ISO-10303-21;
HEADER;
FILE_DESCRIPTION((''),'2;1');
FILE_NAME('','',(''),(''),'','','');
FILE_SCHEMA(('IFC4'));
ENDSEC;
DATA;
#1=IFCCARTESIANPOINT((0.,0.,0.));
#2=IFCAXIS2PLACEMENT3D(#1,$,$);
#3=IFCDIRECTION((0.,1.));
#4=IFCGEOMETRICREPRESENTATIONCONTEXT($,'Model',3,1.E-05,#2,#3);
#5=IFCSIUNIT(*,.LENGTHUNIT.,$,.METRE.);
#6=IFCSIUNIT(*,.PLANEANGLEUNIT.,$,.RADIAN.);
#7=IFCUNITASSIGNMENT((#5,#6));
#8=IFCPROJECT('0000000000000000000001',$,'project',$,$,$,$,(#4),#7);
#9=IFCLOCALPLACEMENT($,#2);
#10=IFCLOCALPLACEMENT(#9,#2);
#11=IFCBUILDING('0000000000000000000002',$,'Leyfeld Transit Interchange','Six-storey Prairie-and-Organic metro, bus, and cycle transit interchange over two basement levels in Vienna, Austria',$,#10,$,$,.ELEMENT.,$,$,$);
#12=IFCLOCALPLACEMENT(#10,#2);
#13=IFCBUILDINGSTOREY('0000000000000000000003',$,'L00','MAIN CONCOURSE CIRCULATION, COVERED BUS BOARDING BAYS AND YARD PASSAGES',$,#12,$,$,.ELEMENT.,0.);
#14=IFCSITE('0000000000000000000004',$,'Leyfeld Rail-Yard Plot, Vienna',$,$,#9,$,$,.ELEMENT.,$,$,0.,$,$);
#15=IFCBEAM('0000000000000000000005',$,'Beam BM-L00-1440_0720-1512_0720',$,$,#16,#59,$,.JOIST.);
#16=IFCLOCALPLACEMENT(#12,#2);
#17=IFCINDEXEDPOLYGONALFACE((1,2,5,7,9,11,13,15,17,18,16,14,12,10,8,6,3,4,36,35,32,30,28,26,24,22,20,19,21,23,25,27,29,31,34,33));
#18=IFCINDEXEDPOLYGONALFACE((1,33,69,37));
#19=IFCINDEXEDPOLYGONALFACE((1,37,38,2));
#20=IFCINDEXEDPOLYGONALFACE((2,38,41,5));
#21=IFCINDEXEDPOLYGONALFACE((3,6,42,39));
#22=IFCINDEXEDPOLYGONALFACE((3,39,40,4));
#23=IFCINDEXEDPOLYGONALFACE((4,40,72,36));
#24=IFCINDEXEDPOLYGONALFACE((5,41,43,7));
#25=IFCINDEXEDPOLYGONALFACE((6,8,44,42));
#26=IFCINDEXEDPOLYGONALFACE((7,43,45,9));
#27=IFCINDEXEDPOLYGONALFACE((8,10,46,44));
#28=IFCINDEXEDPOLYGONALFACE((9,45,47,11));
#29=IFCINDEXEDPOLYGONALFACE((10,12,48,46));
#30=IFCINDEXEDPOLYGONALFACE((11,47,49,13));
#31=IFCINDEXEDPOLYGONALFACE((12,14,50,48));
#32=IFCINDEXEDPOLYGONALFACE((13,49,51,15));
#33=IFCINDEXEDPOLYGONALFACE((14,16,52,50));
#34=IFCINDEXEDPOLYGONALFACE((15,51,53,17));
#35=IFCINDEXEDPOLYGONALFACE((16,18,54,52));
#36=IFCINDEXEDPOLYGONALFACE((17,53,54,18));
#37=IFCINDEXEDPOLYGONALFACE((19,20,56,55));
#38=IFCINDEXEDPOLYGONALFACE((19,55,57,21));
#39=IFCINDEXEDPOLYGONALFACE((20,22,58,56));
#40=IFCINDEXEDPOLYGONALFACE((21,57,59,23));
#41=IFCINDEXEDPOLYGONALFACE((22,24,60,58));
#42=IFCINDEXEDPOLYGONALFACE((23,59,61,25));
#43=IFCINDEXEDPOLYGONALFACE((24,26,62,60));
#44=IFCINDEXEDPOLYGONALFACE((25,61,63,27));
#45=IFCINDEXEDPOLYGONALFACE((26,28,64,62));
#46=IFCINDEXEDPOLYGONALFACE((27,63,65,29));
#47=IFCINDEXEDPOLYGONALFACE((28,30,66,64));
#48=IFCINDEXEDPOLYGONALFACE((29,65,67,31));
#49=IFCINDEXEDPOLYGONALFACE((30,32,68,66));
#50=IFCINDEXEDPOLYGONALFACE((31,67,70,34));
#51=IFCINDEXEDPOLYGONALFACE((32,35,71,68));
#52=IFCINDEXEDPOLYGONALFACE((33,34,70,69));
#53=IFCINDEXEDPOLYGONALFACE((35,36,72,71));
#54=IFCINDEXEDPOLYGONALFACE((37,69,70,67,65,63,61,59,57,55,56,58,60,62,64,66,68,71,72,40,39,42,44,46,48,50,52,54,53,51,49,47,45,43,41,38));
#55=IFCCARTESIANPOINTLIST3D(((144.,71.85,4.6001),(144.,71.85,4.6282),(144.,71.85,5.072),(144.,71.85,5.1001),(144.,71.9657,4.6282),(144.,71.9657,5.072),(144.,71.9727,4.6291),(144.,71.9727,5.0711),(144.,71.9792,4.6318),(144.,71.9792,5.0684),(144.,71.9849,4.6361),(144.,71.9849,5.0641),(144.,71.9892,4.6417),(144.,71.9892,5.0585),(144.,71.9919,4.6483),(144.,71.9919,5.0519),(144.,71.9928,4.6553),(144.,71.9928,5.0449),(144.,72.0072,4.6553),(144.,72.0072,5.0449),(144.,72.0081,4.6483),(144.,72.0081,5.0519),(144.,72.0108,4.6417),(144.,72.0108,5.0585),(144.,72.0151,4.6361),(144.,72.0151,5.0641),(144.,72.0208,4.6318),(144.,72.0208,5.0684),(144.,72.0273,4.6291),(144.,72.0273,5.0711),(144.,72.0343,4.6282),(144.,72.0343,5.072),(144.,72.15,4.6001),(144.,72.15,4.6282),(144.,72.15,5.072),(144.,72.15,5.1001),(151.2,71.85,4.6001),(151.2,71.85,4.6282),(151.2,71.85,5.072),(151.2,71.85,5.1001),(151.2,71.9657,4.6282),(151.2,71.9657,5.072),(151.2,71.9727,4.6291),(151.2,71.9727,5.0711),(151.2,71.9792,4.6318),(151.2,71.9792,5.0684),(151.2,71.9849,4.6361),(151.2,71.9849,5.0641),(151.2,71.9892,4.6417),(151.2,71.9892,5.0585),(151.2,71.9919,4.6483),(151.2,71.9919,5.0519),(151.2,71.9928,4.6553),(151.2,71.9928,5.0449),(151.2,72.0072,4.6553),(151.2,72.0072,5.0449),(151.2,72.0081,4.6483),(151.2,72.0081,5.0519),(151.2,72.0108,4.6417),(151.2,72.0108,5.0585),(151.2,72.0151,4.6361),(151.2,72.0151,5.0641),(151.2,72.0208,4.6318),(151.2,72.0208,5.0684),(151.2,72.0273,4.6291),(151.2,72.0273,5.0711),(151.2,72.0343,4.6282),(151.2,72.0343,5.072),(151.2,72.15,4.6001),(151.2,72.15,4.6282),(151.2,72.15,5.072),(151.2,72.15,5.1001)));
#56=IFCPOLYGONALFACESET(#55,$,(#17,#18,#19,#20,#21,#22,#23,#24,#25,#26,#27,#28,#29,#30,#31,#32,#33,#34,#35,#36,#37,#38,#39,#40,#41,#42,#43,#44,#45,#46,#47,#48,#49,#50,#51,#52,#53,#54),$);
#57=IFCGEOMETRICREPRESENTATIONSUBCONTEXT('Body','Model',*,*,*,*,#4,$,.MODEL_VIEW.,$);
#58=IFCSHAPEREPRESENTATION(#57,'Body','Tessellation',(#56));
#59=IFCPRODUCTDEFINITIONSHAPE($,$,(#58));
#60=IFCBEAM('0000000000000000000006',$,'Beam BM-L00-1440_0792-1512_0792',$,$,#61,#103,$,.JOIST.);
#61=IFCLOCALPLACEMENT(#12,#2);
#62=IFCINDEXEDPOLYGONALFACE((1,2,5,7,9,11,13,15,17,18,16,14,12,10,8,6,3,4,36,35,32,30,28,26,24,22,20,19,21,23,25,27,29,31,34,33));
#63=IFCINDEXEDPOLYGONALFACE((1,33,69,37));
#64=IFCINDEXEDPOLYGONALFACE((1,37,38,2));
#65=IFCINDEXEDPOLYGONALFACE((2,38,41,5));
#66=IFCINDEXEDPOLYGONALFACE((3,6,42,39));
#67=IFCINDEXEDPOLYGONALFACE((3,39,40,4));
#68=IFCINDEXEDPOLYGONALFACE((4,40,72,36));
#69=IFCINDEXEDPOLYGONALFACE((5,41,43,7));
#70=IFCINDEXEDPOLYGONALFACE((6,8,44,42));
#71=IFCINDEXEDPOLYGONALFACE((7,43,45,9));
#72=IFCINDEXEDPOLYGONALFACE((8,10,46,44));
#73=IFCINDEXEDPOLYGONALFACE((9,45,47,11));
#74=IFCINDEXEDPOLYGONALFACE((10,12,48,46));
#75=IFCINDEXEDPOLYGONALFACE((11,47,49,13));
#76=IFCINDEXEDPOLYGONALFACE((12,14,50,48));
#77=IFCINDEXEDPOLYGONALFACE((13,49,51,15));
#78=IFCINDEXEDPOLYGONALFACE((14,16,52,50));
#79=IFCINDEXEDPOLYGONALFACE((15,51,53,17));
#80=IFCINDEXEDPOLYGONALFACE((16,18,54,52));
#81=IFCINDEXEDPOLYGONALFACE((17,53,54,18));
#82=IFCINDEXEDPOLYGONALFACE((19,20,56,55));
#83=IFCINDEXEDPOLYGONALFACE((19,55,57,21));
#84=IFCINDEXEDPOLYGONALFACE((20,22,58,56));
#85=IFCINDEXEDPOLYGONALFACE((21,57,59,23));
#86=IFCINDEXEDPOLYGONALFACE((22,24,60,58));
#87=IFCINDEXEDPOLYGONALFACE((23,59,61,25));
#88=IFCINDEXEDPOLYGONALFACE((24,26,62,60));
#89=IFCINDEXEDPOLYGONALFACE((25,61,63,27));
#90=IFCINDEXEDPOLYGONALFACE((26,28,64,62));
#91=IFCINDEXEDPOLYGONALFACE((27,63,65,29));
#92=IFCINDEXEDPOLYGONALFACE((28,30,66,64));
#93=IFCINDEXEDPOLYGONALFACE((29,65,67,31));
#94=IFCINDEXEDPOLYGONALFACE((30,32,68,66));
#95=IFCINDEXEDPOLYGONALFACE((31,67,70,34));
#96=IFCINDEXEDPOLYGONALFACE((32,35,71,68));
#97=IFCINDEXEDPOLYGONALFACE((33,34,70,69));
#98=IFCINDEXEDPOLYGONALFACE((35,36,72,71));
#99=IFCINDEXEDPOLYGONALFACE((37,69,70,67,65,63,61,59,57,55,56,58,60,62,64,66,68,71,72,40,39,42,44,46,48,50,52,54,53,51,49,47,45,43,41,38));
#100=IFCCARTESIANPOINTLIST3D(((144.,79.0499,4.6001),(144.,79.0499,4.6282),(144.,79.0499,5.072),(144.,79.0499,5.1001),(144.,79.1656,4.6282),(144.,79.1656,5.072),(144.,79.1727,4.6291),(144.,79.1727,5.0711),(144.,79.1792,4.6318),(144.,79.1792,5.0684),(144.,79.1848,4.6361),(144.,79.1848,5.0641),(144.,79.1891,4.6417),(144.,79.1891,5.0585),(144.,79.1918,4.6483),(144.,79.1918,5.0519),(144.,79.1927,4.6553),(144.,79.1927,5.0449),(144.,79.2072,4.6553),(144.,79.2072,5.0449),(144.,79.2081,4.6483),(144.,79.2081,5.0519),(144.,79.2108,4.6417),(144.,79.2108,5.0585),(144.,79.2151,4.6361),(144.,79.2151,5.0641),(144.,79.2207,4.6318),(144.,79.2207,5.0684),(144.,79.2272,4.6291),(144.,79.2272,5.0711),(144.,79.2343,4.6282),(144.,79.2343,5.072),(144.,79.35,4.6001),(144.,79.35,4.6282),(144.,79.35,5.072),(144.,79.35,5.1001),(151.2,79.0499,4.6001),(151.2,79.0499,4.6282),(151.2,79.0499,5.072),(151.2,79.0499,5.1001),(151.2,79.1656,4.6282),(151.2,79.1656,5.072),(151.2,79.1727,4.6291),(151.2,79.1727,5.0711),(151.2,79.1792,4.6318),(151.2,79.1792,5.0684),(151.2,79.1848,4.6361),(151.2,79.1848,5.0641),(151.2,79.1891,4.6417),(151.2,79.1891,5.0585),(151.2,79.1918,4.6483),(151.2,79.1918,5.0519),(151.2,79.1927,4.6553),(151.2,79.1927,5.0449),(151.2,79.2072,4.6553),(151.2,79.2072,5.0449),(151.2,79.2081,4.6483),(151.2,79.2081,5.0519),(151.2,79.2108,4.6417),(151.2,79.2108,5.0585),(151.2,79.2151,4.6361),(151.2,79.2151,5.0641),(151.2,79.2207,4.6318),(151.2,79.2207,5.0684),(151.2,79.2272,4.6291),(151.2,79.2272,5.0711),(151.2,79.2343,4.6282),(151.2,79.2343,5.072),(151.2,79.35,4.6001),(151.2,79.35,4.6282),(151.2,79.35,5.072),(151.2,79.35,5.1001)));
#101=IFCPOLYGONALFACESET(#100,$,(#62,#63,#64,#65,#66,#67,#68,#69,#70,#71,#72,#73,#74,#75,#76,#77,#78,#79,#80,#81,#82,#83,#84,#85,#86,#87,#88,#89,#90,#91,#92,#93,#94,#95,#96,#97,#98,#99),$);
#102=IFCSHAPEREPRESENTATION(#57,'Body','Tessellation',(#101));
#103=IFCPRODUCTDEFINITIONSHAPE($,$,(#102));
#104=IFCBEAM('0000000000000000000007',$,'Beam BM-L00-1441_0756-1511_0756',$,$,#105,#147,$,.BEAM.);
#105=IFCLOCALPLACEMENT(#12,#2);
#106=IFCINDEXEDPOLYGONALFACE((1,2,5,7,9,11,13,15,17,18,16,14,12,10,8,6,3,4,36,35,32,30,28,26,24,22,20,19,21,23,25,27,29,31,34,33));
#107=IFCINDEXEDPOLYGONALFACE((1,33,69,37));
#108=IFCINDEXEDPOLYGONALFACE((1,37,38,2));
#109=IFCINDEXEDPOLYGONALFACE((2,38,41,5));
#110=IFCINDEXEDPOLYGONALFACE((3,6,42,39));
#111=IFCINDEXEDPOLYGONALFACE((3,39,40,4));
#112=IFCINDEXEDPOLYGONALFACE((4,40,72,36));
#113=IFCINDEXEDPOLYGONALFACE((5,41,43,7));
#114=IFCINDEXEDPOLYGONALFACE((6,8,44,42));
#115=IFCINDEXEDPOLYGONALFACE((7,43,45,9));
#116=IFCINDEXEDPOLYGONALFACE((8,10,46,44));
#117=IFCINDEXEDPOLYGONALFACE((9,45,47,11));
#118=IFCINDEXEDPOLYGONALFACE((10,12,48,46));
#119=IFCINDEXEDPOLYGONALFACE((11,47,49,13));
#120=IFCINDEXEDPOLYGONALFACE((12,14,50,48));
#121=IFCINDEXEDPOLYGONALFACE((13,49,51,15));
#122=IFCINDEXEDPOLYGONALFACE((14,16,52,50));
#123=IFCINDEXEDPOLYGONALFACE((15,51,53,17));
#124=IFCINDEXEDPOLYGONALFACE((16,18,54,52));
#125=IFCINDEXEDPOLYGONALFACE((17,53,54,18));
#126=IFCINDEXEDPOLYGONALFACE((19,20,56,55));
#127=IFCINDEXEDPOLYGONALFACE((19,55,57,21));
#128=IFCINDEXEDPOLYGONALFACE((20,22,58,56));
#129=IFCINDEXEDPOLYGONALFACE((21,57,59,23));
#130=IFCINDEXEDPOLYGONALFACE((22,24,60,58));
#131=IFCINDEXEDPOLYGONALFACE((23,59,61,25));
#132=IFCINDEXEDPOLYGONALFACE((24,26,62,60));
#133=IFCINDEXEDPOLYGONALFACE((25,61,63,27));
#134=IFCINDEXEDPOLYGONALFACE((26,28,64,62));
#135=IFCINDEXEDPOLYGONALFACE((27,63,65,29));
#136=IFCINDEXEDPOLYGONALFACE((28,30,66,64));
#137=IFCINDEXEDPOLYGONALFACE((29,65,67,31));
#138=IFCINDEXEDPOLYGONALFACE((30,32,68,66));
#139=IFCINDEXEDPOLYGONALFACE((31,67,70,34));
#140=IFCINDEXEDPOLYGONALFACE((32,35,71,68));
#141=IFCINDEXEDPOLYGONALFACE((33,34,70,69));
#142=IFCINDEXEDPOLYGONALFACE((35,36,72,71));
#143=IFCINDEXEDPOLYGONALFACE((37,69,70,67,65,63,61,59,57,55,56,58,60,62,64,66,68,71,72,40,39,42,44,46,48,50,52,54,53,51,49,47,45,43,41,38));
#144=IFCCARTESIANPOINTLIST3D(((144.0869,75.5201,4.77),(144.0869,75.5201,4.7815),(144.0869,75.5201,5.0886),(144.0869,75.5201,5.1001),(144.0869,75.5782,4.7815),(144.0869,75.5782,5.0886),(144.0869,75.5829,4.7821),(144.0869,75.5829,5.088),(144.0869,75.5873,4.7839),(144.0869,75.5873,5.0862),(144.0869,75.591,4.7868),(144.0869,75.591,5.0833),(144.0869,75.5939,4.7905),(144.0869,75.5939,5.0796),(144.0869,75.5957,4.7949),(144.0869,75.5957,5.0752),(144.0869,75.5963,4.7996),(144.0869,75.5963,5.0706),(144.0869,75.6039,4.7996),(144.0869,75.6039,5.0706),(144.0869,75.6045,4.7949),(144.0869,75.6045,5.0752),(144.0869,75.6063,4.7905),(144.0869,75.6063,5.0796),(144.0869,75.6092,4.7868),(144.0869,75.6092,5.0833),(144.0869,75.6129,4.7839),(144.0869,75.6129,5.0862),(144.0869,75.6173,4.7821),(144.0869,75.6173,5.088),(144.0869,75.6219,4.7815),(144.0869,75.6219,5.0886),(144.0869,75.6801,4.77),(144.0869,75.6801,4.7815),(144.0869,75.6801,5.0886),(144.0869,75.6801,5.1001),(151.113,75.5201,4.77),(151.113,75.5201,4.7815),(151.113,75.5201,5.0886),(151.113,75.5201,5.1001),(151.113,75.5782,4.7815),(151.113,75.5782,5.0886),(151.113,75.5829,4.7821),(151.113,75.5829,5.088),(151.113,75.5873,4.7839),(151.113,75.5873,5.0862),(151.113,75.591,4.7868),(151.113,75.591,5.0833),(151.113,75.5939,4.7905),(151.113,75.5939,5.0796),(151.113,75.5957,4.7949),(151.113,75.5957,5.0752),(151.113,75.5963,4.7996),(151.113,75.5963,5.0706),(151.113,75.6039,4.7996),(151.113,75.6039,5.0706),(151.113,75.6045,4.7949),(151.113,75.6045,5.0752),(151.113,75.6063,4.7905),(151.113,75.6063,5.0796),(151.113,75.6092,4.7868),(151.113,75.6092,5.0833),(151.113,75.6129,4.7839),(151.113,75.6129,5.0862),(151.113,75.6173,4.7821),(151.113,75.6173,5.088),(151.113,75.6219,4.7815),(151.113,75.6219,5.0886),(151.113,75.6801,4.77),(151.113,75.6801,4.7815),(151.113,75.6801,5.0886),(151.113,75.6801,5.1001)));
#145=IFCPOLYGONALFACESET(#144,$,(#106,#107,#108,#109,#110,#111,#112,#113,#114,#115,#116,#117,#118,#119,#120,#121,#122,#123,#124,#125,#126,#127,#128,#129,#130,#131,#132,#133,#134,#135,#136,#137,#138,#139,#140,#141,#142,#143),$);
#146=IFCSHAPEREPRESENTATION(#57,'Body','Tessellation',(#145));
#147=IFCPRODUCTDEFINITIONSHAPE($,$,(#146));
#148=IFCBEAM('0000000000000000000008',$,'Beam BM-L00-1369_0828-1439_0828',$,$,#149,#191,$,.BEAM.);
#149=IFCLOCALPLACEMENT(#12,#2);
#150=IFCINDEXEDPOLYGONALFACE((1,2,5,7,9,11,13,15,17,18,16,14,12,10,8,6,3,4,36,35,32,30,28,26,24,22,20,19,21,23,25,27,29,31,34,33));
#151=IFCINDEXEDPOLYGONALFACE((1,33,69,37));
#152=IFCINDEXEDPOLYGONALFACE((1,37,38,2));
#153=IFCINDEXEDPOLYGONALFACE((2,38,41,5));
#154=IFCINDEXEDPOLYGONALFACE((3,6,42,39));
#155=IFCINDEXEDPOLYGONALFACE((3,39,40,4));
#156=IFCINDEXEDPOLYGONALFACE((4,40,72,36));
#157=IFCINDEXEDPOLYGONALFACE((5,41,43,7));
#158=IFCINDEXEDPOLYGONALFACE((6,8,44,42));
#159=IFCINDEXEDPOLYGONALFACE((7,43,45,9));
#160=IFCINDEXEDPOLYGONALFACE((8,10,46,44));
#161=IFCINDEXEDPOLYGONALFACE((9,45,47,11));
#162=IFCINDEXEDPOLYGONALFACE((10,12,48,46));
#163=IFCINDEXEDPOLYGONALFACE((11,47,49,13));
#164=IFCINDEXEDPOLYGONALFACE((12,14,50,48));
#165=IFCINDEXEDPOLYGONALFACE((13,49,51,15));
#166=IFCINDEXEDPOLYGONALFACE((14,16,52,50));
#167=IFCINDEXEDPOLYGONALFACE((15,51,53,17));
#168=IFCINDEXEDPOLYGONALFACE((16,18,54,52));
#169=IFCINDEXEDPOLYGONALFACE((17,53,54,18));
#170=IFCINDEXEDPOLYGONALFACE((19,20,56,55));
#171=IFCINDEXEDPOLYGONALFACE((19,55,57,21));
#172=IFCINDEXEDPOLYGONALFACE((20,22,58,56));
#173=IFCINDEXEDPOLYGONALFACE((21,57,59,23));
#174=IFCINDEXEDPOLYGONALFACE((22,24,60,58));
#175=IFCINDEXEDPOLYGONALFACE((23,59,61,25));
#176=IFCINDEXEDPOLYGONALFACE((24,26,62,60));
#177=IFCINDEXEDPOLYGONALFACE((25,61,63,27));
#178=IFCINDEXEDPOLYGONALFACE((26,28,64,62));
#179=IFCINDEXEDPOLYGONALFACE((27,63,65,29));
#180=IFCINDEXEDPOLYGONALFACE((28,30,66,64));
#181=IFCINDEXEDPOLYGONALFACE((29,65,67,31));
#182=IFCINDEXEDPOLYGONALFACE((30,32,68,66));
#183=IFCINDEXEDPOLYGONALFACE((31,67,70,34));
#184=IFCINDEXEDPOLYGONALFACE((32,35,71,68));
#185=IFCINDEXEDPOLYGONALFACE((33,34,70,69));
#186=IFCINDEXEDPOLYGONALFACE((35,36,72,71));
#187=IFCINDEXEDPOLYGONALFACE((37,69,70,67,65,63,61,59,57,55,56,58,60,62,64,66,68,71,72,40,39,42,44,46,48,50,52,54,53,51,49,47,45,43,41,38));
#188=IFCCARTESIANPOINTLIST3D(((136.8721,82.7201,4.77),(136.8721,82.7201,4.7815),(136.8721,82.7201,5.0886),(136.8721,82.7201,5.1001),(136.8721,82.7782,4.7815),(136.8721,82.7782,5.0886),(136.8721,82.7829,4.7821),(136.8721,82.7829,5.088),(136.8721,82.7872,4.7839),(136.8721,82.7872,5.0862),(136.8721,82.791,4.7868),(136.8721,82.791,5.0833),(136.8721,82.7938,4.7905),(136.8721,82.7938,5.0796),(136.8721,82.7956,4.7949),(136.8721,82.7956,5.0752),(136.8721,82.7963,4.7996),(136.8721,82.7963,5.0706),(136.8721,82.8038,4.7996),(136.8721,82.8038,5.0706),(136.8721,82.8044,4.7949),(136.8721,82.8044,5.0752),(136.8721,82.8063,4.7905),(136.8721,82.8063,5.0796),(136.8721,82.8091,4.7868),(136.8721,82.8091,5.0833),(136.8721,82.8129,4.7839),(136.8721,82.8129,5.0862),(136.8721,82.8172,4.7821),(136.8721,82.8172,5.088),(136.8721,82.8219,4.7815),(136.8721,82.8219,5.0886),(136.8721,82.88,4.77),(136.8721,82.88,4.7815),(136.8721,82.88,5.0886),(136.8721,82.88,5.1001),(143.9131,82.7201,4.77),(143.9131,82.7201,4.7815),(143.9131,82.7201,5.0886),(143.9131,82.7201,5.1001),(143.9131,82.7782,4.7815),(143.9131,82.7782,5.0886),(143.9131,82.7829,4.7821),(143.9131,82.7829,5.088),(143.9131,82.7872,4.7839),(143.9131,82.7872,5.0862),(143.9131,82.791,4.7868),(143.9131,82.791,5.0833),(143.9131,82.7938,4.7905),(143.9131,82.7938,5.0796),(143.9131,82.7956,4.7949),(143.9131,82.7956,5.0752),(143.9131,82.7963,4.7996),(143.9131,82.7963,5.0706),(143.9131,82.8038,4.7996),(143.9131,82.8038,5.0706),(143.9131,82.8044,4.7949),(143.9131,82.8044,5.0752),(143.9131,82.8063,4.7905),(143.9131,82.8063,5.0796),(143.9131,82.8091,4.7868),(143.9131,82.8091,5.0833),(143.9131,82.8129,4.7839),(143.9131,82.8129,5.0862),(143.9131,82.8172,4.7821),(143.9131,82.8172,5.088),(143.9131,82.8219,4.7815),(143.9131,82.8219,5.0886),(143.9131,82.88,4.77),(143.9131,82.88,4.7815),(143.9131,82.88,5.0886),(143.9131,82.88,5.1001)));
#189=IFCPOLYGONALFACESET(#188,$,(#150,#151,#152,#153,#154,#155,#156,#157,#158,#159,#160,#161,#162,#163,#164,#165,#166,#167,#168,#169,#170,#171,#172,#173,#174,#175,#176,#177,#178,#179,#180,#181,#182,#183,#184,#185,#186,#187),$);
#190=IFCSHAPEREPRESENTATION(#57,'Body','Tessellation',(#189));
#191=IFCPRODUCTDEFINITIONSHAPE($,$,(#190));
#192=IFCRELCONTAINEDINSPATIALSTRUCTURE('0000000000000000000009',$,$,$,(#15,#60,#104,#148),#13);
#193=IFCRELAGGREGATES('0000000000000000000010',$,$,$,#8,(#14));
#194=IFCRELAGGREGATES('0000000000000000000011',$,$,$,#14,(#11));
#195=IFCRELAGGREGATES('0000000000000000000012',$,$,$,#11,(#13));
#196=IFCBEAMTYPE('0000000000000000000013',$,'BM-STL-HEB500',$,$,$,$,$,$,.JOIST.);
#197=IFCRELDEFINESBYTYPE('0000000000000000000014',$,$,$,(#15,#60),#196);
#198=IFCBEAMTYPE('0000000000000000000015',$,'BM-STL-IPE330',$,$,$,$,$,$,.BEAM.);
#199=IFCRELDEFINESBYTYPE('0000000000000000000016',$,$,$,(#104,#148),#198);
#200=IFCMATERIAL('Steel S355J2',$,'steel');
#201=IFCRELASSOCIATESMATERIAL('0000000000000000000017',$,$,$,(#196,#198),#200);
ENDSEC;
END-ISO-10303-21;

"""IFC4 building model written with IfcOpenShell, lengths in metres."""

from ifc_helpers import new_model, si_unit, direction, frame, origin, origin_2d, place, context, subcontext, project, spatial, i_section, extrude, material, material_profile, profile_set, type_object, element, save


model = new_model("IFC4")

# Units and contexts
model_context = context("Model", 3, precision=1e-05, world=origin(), true_north=direction((0.0, 1.0)))
body_context = subcontext(model_context, "Body", "Model", "MODEL_VIEW")
ifc_project = project(units=[si_unit("LENGTHUNIT", "METRE"), si_unit("PLANEANGLEUNIT", "RADIAN")], contexts=[model_context])

# Site, building, storey
site_placement = place(None, origin())
site = spatial("IfcSite", under=ifc_project, at=site_placement, Name="Leyfeld Rail-Yard Plot, Vienna", CompositionType="ELEMENT", RefElevation=0.0)
building_placement = place(site_placement, origin())
building = spatial("IfcBuilding", under=site, at=building_placement, Name="Leyfeld Transit Interchange", Description="Six-storey Prairie-and-Organic metro, bus, and cycle transit interchange over two basement levels in Vienna, Austria", CompositionType="ELEMENT")
storey_placement = place(building_placement, origin())
storey = spatial("IfcBuildingStorey", under=building, at=storey_placement, Name="L00", Description="MAIN CONCOURSE CIRCULATION, COVERED BUS BOARDING BAYS AND YARD PASSAGES", CompositionType="ELEMENT", Elevation=0.0)

# Beams
ifc_material_1 = material(Name="Steel S355J2", Category="steel")
ifc_material_profile_1 = material_profile(ifc_material_1, i_section(OverallWidth=0.3, OverallDepth=0.5, WebThickness=0.0144, FlangeThickness=0.0281, FilletRadius=0.0271, at=origin_2d()), Name="HEB 500")
ifc_profile_set_1 = profile_set([ifc_material_profile_1], Name="Steel S355J2")
beam_type_1 = type_object("IfcBeamType", Name="BM-STL-HEB500", PredefinedType="JOIST", material=ifc_profile_set_1)
for number, where, z_axis, x_axis, name in (
    (1, (144.0, 72.0, 4.8501), (1.0, 0.0, 0.0), (0.0, 1.0, 0.0), "Beam BM-L00-1440_0720-1512_0720"),
    (2, (144.0, 79.2, 4.8501), (1.0, 0.0, 0.0), (0.0, 1.0, 0.0), "Beam BM-L00-1440_0792-1512_0792"),
):
    element("IfcBeam", number, at=place(storey_placement, frame(where, z_axis=z_axis, x_axis=x_axis)), inside=storey, type_object=beam_type_1, Name=name, PredefinedType="JOIST", context=body_context, shape_type="SweptSolid", body=[
        extrude(i_section(OverallWidth=0.3, OverallDepth=0.5, WebThickness=0.0144, FlangeThickness=0.0281, FilletRadius=0.0271, at=origin_2d()), origin(), (0.0, 0.0, 1.0), 7.2),
    ])
ifc_material_profile_2 = material_profile(ifc_material_1, i_section(OverallWidth=0.1599, OverallDepth=0.3301, WebThickness=0.0076, FlangeThickness=0.0115, FilletRadius=0.0181, at=origin_2d()), Name="IPE 330")
ifc_profile_set_2 = profile_set([ifc_material_profile_2], Name="Steel S355J2")
beam_type_2 = type_object("IfcBeamType", Name="BM-STL-IPE330", PredefinedType="BEAM", material=ifc_profile_set_2)
beam_1_placement = place(storey_placement, frame((144.0869, 75.6001, 4.9351), z_axis=(1.0, 0.0, 0.0), x_axis=(0.0, 1.0, 0.0)))
element("IfcBeam", 3, at=beam_1_placement, inside=storey, type_object=beam_type_2, Name="Beam BM-L00-1441_0756-1511_0756", PredefinedType="BEAM", context=body_context, shape_type="SweptSolid", body=[
    extrude(i_section(OverallWidth=0.1599, OverallDepth=0.3301, WebThickness=0.0076, FlangeThickness=0.0115, FilletRadius=0.0181, at=origin_2d()), origin(), (0.0, 0.0, 1.0), 7.0261),
])
beam_2_placement = place(storey_placement, frame((136.8721, 82.8, 4.9351), z_axis=(1.0, 0.0, 0.0), x_axis=(0.0, 1.0, 0.0)))
element("IfcBeam", 4, at=beam_2_placement, inside=storey, type_object=beam_type_2, Name="Beam BM-L00-1369_0828-1439_0828", PredefinedType="BEAM", context=body_context, shape_type="SweptSolid", body=[
    extrude(i_section(OverallWidth=0.1599, OverallDepth=0.3301, WebThickness=0.0076, FlangeThickness=0.0115, FilletRadius=0.0181, at=origin_2d()), origin(), (0.0, 0.0, 1.0), 7.041),
])

save(model, "model.ifc")
